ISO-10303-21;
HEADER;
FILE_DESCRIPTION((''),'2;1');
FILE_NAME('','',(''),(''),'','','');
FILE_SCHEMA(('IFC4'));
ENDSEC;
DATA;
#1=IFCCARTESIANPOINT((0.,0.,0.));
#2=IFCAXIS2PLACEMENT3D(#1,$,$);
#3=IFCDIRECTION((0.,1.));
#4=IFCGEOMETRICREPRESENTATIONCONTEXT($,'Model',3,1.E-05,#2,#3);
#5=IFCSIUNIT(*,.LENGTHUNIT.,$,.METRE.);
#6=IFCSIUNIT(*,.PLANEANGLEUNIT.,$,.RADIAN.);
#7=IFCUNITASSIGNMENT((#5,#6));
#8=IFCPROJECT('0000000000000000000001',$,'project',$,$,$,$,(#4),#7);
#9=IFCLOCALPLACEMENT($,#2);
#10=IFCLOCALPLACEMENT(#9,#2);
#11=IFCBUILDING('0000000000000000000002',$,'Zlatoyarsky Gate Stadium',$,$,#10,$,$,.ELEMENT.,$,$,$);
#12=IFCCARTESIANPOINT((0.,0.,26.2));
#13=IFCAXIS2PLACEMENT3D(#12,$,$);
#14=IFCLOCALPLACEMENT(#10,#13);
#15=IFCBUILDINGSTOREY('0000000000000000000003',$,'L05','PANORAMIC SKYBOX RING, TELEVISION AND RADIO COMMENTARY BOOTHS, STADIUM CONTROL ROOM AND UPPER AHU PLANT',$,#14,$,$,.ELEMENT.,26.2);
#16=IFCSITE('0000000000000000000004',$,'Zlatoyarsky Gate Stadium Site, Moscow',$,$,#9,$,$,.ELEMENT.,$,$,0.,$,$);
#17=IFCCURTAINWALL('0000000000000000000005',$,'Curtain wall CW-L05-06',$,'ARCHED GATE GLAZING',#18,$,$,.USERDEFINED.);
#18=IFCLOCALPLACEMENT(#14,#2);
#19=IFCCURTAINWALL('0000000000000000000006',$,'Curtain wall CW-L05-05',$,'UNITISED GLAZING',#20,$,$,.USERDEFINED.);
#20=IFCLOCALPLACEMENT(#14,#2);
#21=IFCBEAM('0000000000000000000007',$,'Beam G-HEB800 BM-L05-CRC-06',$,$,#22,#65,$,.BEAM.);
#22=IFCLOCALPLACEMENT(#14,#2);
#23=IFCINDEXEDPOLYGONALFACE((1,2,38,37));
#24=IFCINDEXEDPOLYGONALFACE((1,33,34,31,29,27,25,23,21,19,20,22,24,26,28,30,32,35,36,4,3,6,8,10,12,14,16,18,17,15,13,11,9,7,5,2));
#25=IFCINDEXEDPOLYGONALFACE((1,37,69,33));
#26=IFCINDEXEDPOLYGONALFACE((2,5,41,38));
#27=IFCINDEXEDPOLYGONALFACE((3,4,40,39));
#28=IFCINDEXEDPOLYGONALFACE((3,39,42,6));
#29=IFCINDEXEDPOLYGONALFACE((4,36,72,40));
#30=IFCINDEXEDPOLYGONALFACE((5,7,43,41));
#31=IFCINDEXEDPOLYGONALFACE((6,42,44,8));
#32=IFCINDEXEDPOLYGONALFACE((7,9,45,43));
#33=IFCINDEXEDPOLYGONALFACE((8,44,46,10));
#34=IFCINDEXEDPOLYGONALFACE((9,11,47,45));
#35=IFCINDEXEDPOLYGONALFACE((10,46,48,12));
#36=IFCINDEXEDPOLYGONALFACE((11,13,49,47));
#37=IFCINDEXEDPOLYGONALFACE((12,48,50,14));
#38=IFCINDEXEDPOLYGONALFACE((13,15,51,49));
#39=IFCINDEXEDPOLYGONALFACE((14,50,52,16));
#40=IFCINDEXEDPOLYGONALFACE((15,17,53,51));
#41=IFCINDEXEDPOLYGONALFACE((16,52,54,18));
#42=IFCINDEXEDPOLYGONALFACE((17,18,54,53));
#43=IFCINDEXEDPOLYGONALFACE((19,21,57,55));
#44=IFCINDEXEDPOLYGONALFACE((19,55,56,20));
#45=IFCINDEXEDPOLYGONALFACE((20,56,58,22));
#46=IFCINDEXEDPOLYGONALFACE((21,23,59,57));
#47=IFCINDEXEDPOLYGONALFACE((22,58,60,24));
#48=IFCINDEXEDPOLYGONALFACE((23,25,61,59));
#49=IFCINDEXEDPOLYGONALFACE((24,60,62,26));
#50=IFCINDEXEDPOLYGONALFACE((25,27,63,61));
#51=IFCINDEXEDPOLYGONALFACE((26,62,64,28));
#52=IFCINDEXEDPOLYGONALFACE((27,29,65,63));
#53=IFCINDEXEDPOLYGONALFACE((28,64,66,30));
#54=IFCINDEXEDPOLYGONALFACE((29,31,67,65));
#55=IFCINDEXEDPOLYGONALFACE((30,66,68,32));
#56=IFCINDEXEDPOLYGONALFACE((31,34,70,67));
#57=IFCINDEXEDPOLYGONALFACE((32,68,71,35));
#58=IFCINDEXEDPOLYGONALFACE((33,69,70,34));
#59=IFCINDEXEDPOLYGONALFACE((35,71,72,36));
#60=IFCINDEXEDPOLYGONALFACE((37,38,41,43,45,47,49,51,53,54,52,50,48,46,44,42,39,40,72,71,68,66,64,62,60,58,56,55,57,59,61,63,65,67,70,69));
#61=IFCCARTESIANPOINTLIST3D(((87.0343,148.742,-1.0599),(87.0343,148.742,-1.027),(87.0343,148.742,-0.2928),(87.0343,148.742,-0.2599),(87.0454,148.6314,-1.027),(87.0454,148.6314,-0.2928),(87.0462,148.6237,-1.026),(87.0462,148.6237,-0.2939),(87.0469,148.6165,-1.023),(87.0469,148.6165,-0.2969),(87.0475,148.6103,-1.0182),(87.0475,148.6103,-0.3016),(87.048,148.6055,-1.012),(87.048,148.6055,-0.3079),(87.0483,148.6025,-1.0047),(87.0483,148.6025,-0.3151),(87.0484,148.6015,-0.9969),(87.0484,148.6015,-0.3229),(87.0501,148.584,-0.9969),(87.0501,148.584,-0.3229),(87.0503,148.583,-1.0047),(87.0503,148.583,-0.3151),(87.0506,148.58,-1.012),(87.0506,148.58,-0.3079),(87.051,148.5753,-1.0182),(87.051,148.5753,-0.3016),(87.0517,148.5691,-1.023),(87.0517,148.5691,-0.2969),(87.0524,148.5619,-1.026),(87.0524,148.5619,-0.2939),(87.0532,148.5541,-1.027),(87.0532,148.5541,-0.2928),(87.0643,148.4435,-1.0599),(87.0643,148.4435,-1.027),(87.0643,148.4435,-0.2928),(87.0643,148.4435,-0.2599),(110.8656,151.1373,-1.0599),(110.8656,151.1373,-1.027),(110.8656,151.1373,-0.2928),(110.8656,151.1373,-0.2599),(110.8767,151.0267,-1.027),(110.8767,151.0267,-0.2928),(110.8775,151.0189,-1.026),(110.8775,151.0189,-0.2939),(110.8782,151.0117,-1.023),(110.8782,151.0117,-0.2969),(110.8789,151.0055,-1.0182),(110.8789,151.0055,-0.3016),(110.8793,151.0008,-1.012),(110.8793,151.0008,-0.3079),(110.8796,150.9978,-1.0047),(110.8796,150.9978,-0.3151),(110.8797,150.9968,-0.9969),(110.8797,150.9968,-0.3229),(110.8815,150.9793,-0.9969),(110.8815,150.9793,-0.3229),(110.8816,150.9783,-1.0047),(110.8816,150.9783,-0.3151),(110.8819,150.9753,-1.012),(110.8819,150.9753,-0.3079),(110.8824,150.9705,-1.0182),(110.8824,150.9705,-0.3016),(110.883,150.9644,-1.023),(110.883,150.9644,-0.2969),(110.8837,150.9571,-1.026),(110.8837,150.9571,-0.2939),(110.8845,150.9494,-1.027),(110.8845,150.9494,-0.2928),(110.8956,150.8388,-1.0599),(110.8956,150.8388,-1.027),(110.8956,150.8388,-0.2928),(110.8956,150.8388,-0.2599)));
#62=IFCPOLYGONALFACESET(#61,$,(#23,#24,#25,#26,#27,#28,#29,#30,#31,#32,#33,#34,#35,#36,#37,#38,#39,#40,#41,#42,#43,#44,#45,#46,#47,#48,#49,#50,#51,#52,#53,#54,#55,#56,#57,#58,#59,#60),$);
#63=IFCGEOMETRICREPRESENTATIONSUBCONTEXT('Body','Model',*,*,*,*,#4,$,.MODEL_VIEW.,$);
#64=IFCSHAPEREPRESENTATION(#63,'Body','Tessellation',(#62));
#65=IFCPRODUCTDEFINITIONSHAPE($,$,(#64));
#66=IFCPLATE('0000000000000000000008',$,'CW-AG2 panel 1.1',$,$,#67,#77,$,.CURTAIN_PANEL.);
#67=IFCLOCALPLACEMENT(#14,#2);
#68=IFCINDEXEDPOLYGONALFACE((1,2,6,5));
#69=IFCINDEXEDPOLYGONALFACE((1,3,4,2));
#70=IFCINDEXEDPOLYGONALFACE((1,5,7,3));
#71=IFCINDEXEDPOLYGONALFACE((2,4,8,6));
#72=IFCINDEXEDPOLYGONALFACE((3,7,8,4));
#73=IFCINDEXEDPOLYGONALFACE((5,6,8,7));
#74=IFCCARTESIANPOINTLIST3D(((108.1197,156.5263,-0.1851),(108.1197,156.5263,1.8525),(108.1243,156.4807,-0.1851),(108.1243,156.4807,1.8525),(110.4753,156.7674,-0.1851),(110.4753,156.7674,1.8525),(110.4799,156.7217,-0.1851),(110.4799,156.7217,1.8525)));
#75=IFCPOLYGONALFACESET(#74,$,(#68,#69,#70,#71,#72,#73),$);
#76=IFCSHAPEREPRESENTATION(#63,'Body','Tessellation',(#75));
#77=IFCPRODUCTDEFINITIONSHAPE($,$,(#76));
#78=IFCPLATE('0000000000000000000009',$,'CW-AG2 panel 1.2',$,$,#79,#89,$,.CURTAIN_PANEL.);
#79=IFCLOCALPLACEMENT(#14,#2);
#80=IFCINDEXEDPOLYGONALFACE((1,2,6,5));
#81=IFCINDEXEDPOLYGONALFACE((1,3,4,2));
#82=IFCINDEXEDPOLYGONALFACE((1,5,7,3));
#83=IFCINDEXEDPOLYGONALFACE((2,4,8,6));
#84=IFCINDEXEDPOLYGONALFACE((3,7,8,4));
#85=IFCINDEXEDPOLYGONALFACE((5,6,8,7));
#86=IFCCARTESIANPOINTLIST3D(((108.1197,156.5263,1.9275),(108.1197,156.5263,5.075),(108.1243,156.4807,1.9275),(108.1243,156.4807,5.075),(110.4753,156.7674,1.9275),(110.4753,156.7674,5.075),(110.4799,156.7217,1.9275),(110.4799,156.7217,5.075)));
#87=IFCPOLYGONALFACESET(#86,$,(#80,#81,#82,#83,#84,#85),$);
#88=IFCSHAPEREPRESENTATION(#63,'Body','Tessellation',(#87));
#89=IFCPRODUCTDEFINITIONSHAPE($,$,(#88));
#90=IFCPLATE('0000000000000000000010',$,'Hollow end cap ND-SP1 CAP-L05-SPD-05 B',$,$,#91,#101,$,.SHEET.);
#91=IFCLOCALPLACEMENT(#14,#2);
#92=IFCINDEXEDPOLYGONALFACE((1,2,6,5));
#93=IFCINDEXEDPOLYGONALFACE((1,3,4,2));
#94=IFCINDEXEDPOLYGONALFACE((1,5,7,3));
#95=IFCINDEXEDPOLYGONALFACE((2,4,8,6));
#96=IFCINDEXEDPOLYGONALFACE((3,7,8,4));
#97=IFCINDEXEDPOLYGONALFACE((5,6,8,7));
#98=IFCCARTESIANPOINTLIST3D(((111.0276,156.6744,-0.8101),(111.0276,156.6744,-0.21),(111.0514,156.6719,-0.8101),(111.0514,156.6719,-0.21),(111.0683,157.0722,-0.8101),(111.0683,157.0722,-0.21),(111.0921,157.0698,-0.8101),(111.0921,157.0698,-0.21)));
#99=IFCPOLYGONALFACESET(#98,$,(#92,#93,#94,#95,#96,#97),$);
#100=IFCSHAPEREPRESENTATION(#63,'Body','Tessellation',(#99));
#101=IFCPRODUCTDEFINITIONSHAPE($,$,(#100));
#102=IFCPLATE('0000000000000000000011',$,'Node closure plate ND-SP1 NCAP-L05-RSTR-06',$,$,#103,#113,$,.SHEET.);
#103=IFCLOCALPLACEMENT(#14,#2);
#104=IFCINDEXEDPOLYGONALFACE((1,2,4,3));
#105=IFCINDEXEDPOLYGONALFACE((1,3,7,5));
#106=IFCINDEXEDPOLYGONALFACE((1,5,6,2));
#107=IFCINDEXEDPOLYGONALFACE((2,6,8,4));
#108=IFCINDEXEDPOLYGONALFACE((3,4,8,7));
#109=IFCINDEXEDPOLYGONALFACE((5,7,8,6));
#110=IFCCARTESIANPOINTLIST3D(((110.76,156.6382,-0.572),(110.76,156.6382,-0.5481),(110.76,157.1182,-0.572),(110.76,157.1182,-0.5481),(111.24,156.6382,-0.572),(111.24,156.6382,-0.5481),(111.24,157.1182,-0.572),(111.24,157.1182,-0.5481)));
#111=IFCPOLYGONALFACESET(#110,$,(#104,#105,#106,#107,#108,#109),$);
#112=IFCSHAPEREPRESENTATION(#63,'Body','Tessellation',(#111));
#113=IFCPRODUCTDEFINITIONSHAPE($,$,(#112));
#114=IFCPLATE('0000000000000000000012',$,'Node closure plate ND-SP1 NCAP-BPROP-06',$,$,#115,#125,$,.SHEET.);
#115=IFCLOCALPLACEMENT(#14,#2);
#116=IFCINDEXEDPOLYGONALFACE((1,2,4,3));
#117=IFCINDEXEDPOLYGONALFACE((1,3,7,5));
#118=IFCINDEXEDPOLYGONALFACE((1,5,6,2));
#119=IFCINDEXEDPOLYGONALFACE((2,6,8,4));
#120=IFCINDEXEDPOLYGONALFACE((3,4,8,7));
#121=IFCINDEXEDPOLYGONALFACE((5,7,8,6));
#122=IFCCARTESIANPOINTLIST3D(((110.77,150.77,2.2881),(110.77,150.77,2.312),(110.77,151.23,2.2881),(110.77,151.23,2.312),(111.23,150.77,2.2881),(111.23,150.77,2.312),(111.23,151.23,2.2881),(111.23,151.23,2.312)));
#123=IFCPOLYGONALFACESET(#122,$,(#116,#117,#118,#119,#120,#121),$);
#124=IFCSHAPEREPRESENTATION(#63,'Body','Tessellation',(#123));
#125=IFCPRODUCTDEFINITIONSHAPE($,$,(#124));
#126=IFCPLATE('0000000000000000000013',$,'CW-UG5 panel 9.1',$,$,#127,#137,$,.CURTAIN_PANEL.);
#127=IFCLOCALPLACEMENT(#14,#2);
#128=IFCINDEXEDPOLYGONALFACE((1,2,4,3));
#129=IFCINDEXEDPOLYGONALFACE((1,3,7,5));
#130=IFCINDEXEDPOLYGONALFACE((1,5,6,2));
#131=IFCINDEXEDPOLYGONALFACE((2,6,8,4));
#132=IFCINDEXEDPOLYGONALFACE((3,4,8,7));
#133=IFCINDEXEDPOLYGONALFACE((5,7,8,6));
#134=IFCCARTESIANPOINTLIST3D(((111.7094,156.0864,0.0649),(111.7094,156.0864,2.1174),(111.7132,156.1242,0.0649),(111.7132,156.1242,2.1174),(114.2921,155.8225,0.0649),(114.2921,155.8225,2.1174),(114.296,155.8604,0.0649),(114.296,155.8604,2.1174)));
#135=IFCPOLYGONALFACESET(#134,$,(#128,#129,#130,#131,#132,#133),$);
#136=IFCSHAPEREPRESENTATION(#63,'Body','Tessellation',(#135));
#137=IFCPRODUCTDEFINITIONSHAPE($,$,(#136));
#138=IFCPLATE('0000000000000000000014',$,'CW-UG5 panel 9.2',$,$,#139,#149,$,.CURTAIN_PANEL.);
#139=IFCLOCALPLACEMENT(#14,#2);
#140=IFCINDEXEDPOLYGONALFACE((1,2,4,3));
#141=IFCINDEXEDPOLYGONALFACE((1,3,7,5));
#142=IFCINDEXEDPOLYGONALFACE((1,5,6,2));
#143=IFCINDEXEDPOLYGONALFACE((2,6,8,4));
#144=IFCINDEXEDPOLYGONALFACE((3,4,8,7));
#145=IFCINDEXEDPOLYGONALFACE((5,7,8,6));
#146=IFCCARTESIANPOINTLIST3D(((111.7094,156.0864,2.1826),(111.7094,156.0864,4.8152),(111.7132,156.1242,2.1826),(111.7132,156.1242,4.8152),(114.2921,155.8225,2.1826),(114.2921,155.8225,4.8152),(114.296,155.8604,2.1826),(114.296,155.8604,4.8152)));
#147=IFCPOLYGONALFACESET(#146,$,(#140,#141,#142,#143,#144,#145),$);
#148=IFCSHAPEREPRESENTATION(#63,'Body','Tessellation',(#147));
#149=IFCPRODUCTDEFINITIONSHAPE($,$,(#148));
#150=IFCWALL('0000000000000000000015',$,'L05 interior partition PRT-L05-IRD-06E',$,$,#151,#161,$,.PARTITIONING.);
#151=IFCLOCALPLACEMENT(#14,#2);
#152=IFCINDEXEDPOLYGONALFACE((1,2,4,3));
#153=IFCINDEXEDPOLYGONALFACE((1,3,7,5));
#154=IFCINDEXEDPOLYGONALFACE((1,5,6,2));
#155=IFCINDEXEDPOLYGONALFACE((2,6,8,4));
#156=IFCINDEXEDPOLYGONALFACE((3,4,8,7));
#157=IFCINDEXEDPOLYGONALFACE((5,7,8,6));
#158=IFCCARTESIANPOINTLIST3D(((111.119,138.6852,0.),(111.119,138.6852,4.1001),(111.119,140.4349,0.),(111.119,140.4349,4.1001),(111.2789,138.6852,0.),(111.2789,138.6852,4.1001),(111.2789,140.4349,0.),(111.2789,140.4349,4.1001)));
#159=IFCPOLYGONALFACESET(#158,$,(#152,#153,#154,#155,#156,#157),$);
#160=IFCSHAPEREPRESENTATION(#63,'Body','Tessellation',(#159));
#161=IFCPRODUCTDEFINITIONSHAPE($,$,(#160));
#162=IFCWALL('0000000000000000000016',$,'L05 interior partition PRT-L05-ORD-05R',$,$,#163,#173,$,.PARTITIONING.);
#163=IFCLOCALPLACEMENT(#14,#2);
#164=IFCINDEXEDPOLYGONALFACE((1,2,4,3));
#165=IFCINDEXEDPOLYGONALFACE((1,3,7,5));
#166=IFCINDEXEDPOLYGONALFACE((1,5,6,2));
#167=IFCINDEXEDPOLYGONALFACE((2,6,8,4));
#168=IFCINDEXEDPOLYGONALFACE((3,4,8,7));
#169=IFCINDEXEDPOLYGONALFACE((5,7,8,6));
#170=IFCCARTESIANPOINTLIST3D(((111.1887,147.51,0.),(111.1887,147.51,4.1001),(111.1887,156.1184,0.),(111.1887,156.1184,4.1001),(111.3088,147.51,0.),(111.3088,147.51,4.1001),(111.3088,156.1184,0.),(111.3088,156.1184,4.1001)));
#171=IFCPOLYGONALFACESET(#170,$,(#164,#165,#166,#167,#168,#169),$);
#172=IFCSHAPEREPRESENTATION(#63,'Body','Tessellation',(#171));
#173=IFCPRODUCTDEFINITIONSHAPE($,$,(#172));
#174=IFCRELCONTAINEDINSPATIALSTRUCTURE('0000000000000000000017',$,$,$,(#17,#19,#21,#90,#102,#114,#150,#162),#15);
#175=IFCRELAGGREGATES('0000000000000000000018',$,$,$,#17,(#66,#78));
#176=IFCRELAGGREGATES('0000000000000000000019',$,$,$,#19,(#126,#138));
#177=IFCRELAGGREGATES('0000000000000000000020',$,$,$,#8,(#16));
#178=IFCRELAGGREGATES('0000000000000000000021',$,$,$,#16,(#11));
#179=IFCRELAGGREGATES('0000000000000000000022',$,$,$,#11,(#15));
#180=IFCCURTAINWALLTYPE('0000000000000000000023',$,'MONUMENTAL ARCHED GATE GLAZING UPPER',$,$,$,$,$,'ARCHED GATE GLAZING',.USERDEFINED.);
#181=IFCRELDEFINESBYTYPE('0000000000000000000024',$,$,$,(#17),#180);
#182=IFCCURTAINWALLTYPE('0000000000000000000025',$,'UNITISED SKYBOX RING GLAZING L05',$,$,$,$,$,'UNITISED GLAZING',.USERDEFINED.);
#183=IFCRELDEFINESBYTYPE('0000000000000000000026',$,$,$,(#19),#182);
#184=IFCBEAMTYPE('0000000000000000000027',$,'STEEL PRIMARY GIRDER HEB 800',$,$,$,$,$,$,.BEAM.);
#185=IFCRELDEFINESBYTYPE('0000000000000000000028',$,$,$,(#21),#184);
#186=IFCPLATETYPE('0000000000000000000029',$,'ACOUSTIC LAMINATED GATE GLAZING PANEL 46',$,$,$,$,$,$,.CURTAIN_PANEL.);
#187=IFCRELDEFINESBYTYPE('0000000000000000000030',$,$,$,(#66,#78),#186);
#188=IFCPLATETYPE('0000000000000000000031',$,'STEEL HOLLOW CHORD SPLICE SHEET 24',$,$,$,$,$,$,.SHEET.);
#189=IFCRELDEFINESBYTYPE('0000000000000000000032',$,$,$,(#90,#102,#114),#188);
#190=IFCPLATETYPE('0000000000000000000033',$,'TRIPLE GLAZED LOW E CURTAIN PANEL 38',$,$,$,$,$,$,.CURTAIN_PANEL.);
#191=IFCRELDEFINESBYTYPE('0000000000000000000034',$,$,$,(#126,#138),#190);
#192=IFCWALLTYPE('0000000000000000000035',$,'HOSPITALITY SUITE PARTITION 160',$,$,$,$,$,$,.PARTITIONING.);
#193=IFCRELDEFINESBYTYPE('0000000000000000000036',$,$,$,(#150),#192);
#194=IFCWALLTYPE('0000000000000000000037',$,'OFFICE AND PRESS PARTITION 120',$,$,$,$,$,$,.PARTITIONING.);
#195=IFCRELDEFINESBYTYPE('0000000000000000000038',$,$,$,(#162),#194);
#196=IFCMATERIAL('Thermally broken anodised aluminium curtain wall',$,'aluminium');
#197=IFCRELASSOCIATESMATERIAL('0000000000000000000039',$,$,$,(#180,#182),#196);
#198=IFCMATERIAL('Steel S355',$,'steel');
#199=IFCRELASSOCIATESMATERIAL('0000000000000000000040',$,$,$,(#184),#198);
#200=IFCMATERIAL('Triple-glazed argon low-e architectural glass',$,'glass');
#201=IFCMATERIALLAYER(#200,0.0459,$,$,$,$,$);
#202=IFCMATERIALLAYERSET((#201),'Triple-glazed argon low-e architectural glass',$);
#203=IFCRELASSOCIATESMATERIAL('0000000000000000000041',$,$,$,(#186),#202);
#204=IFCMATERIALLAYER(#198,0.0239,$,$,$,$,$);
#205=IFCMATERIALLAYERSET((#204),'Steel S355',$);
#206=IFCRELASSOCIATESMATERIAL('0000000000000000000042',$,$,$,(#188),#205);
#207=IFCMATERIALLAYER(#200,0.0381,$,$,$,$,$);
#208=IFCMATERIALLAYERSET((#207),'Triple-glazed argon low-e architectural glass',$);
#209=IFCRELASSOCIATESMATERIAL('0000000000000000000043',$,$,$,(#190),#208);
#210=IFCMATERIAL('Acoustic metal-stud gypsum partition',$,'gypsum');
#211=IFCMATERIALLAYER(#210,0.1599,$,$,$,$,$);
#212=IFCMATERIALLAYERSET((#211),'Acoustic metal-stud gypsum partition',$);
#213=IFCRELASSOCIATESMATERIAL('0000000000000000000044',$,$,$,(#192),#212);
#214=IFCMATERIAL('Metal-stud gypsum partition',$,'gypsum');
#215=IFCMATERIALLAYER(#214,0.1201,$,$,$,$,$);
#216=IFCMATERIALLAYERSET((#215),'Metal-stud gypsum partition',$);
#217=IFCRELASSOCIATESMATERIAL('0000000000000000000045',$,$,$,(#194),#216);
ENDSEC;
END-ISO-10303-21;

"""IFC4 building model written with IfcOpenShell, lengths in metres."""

from ifc_helpers import new_model, si_unit, direction, frame, frame_2d, origin, origin_2d, place, context, subcontext, project, spatial, rectangle, i_section, extrude, material, layer, layer_set, material_profile, profile_set, type_object, element, aggregate, save


model = new_model("IFC4")

# Units and contexts
model_context = context("Model", 3, precision=1e-05, world=origin(), true_north=direction((0.0, 1.0)))
body_context = subcontext(model_context, "Body", "Model", "MODEL_VIEW")
ifc_project = project(units=[si_unit("LENGTHUNIT", "METRE"), si_unit("PLANEANGLEUNIT", "RADIAN")], contexts=[model_context])

# Site, building, storey
site_placement = place(None, origin())
site = spatial("IfcSite", under=ifc_project, at=site_placement, Name="Zlatoyarsky Gate Stadium Site, Moscow", CompositionType="ELEMENT", RefElevation=0.0)
building_placement = place(site_placement, origin())
building = spatial("IfcBuilding", under=site, at=building_placement, Name="Zlatoyarsky Gate Stadium", CompositionType="ELEMENT")
storey_placement = place(building_placement, frame((0.0, 0.0, 26.2)))
storey = spatial("IfcBuildingStorey", under=building, at=storey_placement, Name="L05", Description="PANORAMIC SKYBOX RING, TELEVISION AND RADIO COMMENTARY BOOTHS, STADIUM CONTROL ROOM AND UPPER AHU PLANT", CompositionType="ELEMENT", Elevation=26.2)

# Shared definitions
ifc_material_1 = material(Name="Steel S355", Category="steel")

# Curtain walls
ifc_material_2 = material(Name="Thermally broken anodised aluminium curtain wall", Category="aluminium")
curtain_wall_type_1 = type_object("IfcCurtainWallType", Name="MONUMENTAL ARCHED GATE GLAZING UPPER", ElementType="ARCHED GATE GLAZING", PredefinedType="USERDEFINED", material=ifc_material_2)
curtain_wall_1_placement = place(storey_placement, origin())
curtain_wall_1 = element("IfcCurtainWall", 1, at=curtain_wall_1_placement, inside=storey, type_object=curtain_wall_type_1, Name="Curtain wall CW-L05-06", ObjectType="ARCHED GATE GLAZING", PredefinedType="USERDEFINED")
curtain_wall_type_2 = type_object("IfcCurtainWallType", Name="UNITISED SKYBOX RING GLAZING L05", ElementType="UNITISED GLAZING", PredefinedType="USERDEFINED", material=ifc_material_2)
curtain_wall_2_placement = place(storey_placement, origin())
curtain_wall_2 = element("IfcCurtainWall", 2, at=curtain_wall_2_placement, inside=storey, type_object=curtain_wall_type_2, Name="Curtain wall CW-L05-05", ObjectType="UNITISED GLAZING", PredefinedType="USERDEFINED")

# Beam
ifc_material_profile_1 = material_profile(ifc_material_1, i_section(OverallWidth=0.3, OverallDepth=0.8, WebThickness=0.0176, FlangeThickness=0.033, FilletRadius=0.03, at=origin_2d()), Name="HEB 800")
ifc_profile_set_1 = profile_set([ifc_material_profile_1], Name="Steel S355")
beam_type_1 = type_object("IfcBeamType", Name="STEEL PRIMARY GIRDER HEB 800", PredefinedType="BEAM", material=ifc_profile_set_1)
beam_1_placement = place(storey_placement, frame((110.8806, 150.988, -0.6599), z_axis=(-0.994987, -0.100005, 0.0), x_axis=(0.100005, -0.994987, 0.0)))
element("IfcBeam", 3, at=beam_1_placement, inside=storey, type_object=beam_type_1, Name="Beam G-HEB800 BM-L05-CRC-06", PredefinedType="BEAM", context=body_context, shape_type="SweptSolid", body=[
    extrude(i_section(OverallWidth=0.3, OverallDepth=0.8, WebThickness=0.0176, FlangeThickness=0.033, FilletRadius=0.03, at=origin_2d()), origin(), (0.0, 0.0, 1.0), 23.9514),
])

# Plates
ifc_material_3 = material(Name="Triple-glazed argon low-e architectural glass", Category="glass")
ifc_layer_1 = layer(ifc_material_3, 0.0459)
ifc_layer_set_1 = layer_set([ifc_layer_1], Name="Triple-glazed argon low-e architectural glass")
plate_type_1 = type_object("IfcPlateType", Name="ACOUSTIC LAMINATED GATE GLAZING PANEL 46", PredefinedType="CURTAIN_PANEL", material=ifc_layer_set_1)
plate_1_placement = place(storey_placement, frame((109.2998, 156.624, -0.1851), z_axis=(0.0, 0.0, 1.0), x_axis=(-0.994804, -0.101805, 0.0)))
plate_1 = element("IfcPlate", 4, at=plate_1_placement, type_object=plate_type_1, Name="CW-AG2 panel 1.1", PredefinedType="CURTAIN_PANEL", context=body_context, shape_type="SweptSolid", body=[
    extrude(rectangle(XDim=2.3679, YDim=0.0459, at=origin_2d()), origin(), (0.0, 0.0, 1.0), 2.0376),
])
plate_2_placement = place(storey_placement, frame((109.2998, 156.624, 1.9275), z_axis=(0.0, 0.0, 1.0), x_axis=(-0.994804, -0.101805, 0.0)))
plate_2 = element("IfcPlate", 5, at=plate_2_placement, type_object=plate_type_1, Name="CW-AG2 panel 1.2", PredefinedType="CURTAIN_PANEL", context=body_context, shape_type="SweptSolid", body=[
    extrude(rectangle(XDim=2.3679, YDim=0.0459, at=origin_2d()), origin(), (0.0, 0.0, 1.0), 3.1475),
])
aggregate(curtain_wall_1, [plate_1, plate_2])

# Plates
ifc_layer_2 = layer(ifc_material_1, 0.0239)
ifc_layer_set_2 = layer_set([ifc_layer_2], Name="Steel S355")
plate_type_2 = type_object("IfcPlateType", Name="STEEL HOLLOW CHORD SPLICE SHEET 24", PredefinedType="SHEET", material=ifc_layer_set_2)
plate_3_placement = place(storey_placement, frame((111.0598, 156.8721, -0.8101), z_axis=(0.0, 0.0, 1.0), x_axis=(-0.994802, 0.10183, 0.0)))
element("IfcPlate", 6, at=plate_3_placement, inside=storey, type_object=plate_type_2, Name="Hollow end cap ND-SP1 CAP-L05-SPD-05 B", PredefinedType="SHEET", context=body_context, shape_type="SweptSolid", body=[
    extrude(rectangle(XDim=0.0239, YDim=0.3999, at=origin_2d()), origin(), (0.0, 0.0, 1.0), 0.6001),
])
plate_4_placement = place(storey_placement, frame((111.0, 156.8782, -0.572), z_axis=(0.0, 0.0, 1.0), x_axis=(1.0, 0.0, 0.0)))
element("IfcPlate", 7, at=plate_4_placement, inside=storey, type_object=plate_type_2, Name="Node closure plate ND-SP1 NCAP-L05-RSTR-06", PredefinedType="SHEET", context=body_context, shape_type="SweptSolid", body=[
    extrude(rectangle(XDim=0.48, YDim=0.48, at=origin_2d()), origin(), (0.0, 0.0, 1.0), 0.0239),
])
plate_5_placement = place(storey_placement, frame((111.0, 151.0, 2.2881), z_axis=(0.0, 0.0, 1.0), x_axis=(1.0, 0.0, 0.0)))
element("IfcPlate", 8, at=plate_5_placement, inside=storey, type_object=plate_type_2, Name="Node closure plate ND-SP1 NCAP-BPROP-06", PredefinedType="SHEET", context=body_context, shape_type="SweptSolid", body=[
    extrude(rectangle(XDim=0.46, YDim=0.46, at=origin_2d()), origin(), (0.0, 0.0, 1.0), 0.0239),
])

# Plates
ifc_layer_3 = layer(ifc_material_3, 0.0381)
ifc_layer_set_3 = layer_set([ifc_layer_3], Name="Triple-glazed argon low-e architectural glass")
plate_type_3 = type_object("IfcPlateType", Name="TRIPLE GLAZED LOW E CURTAIN PANEL 38", PredefinedType="CURTAIN_PANEL", material=ifc_layer_set_3)
plate_6_placement = place(storey_placement, frame((113.0027, 155.9734, 0.0649), z_axis=(0.0, 0.0, 1.0), x_axis=(-0.994823, 0.101618, 0.0)))
plate_6 = element("IfcPlate", 9, at=plate_6_placement, type_object=plate_type_3, Name="CW-UG5 panel 9.1", PredefinedType="CURTAIN_PANEL", context=body_context, shape_type="SweptSolid", body=[
    extrude(rectangle(XDim=2.5962, YDim=0.0381, at=origin_2d()), origin(), (0.0, 0.0, 1.0), 2.0525),
])
plate_7_placement = place(storey_placement, frame((113.0027, 155.9734, 2.1826), z_axis=(0.0, 0.0, 1.0), x_axis=(-0.994823, 0.101618, 0.0)))
plate_7 = element("IfcPlate", 10, at=plate_7_placement, type_object=plate_type_3, Name="CW-UG5 panel 9.2", PredefinedType="CURTAIN_PANEL", context=body_context, shape_type="SweptSolid", body=[
    extrude(rectangle(XDim=2.5962, YDim=0.0381, at=origin_2d()), origin(), (0.0, 0.0, 1.0), 2.6326),
])
aggregate(curtain_wall_2, [plate_6, plate_7])

# Walls
ifc_material_4 = material(Name="Acoustic metal-stud gypsum partition", Category="gypsum")
ifc_layer_4 = layer(ifc_material_4, 0.1599)
ifc_layer_set_4 = layer_set([ifc_layer_4], Name="Acoustic metal-stud gypsum partition")
wall_type_1 = type_object("IfcWallType", Name="HOSPITALITY SUITE PARTITION 160", PredefinedType="PARTITIONING", material=ifc_layer_set_4)
wall_1_placement = place(storey_placement, frame((111.199, 138.6851, 0.0), z_axis=(0.0, 0.0, 1.0), x_axis=(0.0, 1.0, 0.0)))
element("IfcWall", 11, at=wall_1_placement, inside=storey, type_object=wall_type_1, Name="L05 interior partition PRT-L05-IRD-06E", PredefinedType="PARTITIONING", context=body_context, shape_type="SweptSolid", body=[
    extrude(rectangle(XDim=1.7498, YDim=0.1599, at=frame_2d((0.875, 0.0))), origin(), (0.0, 0.0, 1.0), 4.1001),
])
ifc_material_5 = material(Name="Metal-stud gypsum partition", Category="gypsum")
ifc_layer_5 = layer(ifc_material_5, 0.1201)
ifc_layer_set_5 = layer_set([ifc_layer_5], Name="Metal-stud gypsum partition")
wall_type_2 = type_object("IfcWallType", Name="OFFICE AND PRESS PARTITION 120", PredefinedType="PARTITIONING", material=ifc_layer_set_5)
wall_2_placement = place(storey_placement, frame((111.2488, 147.51, 0.0), z_axis=(0.0, 0.0, 1.0), x_axis=(0.0, 1.0, 0.0)))
element("IfcWall", 12, at=wall_2_placement, inside=storey, type_object=wall_type_2, Name="L05 interior partition PRT-L05-ORD-05R", PredefinedType="PARTITIONING", context=body_context, shape_type="SweptSolid", body=[
    extrude(rectangle(XDim=8.6084, YDim=0.1201, at=frame_2d((4.3042, 0.0))), origin(), (0.0, 0.0, 1.0), 4.1001),
])

save(model, "model.ifc")
